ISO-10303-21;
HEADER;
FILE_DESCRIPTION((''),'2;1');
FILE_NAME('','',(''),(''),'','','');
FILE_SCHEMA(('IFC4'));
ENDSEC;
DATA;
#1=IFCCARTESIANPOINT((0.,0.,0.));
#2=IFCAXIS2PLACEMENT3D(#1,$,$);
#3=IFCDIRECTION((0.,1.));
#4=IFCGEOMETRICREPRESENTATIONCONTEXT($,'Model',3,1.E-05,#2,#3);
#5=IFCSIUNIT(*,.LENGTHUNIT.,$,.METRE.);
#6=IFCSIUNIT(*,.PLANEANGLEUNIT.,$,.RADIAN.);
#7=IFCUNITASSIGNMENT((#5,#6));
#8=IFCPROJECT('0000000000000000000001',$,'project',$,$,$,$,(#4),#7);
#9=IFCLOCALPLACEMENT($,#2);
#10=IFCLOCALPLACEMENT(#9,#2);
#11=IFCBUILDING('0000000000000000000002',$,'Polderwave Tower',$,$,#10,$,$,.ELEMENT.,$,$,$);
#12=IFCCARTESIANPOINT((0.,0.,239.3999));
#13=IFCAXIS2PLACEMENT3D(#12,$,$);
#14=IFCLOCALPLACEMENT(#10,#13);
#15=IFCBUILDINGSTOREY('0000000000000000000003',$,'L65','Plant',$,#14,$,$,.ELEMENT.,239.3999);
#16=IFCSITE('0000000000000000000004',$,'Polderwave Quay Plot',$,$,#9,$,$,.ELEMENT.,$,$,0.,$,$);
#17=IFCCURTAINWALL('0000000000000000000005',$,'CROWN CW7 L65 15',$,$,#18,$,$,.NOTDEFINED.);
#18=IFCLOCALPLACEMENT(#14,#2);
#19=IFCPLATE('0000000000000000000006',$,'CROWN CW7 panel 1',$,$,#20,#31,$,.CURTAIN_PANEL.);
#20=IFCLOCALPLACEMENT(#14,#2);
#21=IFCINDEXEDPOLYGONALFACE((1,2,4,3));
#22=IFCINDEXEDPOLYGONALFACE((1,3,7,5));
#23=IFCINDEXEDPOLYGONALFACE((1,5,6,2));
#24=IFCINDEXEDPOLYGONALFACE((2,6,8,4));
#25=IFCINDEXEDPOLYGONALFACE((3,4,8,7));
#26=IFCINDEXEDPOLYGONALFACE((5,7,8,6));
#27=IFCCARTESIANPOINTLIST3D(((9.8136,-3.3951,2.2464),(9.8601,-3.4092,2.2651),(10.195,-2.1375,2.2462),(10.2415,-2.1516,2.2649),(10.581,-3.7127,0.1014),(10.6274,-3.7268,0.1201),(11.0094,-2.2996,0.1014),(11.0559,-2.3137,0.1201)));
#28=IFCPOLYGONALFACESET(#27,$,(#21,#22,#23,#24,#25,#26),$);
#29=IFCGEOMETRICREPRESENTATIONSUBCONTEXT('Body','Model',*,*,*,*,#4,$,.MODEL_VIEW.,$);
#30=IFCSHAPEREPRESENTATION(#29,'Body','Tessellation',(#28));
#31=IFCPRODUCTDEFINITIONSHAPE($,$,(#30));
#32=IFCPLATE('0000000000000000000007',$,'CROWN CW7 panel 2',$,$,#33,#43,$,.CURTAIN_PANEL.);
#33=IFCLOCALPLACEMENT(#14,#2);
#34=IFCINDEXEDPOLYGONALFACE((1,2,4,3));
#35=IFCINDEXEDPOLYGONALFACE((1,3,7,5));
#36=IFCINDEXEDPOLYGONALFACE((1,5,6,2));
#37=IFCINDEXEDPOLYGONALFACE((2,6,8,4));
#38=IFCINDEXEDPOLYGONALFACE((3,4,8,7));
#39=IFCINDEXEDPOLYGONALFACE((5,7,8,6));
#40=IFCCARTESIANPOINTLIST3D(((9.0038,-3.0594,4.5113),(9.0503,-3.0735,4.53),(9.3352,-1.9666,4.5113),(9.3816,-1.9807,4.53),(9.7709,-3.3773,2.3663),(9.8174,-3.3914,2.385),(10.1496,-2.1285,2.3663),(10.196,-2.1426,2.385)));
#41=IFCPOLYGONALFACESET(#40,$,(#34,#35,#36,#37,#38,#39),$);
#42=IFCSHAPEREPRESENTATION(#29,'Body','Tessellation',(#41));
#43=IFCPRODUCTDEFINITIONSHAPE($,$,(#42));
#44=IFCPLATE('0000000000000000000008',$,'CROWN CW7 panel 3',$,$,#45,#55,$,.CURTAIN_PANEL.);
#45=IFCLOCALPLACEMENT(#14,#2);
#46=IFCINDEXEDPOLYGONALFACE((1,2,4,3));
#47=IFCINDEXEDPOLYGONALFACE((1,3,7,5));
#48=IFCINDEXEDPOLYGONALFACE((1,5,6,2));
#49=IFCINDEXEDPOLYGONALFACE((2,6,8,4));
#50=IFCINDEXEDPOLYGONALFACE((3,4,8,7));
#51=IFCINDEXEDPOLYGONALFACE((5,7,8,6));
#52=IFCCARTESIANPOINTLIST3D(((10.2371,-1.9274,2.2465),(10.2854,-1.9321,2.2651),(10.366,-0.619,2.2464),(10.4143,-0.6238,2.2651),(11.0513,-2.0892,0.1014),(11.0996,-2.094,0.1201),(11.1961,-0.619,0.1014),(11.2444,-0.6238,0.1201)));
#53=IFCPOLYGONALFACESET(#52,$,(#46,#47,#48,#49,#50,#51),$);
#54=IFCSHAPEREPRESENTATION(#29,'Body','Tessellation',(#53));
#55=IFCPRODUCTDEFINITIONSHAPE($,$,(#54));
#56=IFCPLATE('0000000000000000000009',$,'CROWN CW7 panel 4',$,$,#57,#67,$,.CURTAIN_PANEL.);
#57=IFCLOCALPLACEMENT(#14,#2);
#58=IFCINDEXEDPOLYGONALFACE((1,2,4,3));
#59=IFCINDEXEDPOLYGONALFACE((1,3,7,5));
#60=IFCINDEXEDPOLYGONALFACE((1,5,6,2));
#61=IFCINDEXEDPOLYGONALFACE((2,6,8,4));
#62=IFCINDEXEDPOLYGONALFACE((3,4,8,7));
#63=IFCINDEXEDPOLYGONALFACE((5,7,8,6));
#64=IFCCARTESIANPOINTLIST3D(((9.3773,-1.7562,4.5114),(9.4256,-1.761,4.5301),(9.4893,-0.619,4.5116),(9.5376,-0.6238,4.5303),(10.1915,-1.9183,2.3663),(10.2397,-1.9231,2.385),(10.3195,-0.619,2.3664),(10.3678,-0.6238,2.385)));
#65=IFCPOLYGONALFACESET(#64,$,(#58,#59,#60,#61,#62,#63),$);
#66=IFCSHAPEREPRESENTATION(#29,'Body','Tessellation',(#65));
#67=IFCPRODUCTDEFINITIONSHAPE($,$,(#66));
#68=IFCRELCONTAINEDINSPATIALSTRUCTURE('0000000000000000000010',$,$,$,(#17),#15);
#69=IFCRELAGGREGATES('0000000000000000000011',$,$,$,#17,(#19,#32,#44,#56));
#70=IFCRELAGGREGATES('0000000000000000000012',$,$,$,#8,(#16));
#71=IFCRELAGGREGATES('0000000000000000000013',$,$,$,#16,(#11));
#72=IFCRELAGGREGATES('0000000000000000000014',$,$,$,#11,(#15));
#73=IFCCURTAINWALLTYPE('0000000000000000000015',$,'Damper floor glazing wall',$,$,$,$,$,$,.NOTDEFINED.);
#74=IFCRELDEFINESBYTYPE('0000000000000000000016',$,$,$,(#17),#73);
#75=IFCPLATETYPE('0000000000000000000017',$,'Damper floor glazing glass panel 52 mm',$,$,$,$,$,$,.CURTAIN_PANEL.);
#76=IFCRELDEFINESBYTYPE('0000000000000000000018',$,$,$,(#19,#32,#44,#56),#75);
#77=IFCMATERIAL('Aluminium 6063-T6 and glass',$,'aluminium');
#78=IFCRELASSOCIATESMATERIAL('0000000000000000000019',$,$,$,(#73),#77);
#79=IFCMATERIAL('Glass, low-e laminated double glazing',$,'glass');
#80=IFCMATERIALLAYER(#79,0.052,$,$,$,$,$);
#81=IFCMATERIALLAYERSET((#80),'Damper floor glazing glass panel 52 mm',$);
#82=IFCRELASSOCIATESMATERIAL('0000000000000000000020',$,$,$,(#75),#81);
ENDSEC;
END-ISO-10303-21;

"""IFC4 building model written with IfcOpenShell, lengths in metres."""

from ifc_helpers import new_model, si_unit, direction, frame, origin, place, context, subcontext, project, spatial, polyline, outline, extrude, material, layer, layer_set, type_object, element, aggregate, save


model = new_model("IFC4")

# Units and contexts
model_context = context("Model", 3, precision=1e-05, world=origin(), true_north=direction((0.0, 1.0)))
body_context = subcontext(model_context, "Body", "Model", "MODEL_VIEW")
ifc_project = project(units=[si_unit("LENGTHUNIT", "METRE"), si_unit("PLANEANGLEUNIT", "RADIAN")], contexts=[model_context])

# Site, building, storey
site_placement = place(None, origin())
site = spatial("IfcSite", under=ifc_project, at=site_placement, Name="Polderwave Quay Plot", CompositionType="ELEMENT", RefElevation=0.0)
building_placement = place(site_placement, origin())
building = spatial("IfcBuilding", under=site, at=building_placement, Name="Polderwave Tower", CompositionType="ELEMENT")
storey_placement = place(building_placement, frame((0.0, 0.0, 239.3999)))
storey = spatial("IfcBuildingStorey", under=building, at=storey_placement, Name="L65", Description="Plant", CompositionType="ELEMENT", Elevation=239.3999)

# Curtain wall
ifc_material_1 = material(Name="Aluminium 6063-T6 and glass", Category="aluminium")
curtain_wall_type = type_object("IfcCurtainWallType", Name="Damper floor glazing wall", PredefinedType="NOTDEFINED", material=ifc_material_1)
curtain_wall_placement = place(storey_placement, origin())
curtain_wall = element("IfcCurtainWall", 1, at=curtain_wall_placement, inside=storey, type_object=curtain_wall_type, Name="CROWN CW7 L65 15", PredefinedType="NOTDEFINED")

# Plates
ifc_material_2 = material(Name="Glass, low-e laminated double glazing", Category="glass")
ifc_layer = layer(ifc_material_2, 0.052)
ifc_layer_set = layer_set([ifc_layer], Name="Damper floor glazing glass panel 52 mm")
plate_type = type_object("IfcPlateType", Name="Damper floor glazing glass panel 52 mm", PredefinedType="CURTAIN_PANEL", material=ifc_layer_set)
plate_1_placement = place(storey_placement, frame((10.6274, -3.7268, 0.1201), z_axis=(0.892984, -0.270744, 0.35955), x_axis=(0.29015, 0.956981, -0.000007)))
plate_1 = element("IfcPlate", 2, at=plate_1_placement, type_object=plate_type, Name="CROWN CW7 panel 1", PredefinedType="CURTAIN_PANEL", context=body_context, shape_type="SweptSolid", body=[
    extrude(outline(polyline([(0.0, 0.0), (1.4766, 0.0), (1.3954, 2.2985), (0.0813, 2.2987), (0.0, 0.0)])), origin(), (0.0, 0.0, -1.0), 0.052),
])
plate_2_placement = place(storey_placement, frame((9.8174, -3.3914, 2.385), z_axis=(0.893005, -0.27076, 0.359488), x_axis=(0.29016, 0.956978, -0.000008)))
plate_2 = element("IfcPlate", 3, at=plate_2_placement, type_object=plate_type, Name="CROWN CW7 panel 2", PredefinedType="CURTAIN_PANEL", context=body_context, shape_type="SweptSolid", body=[
    extrude(outline(polyline([(0.0, 0.0), (1.3049, 0.0), (1.2235, 2.2987), (0.0816, 2.2987), (0.0, 0.0)])), origin(), (0.0, 0.0, -1.0), 0.052),
])
plate_3_placement = place(storey_placement, frame((11.0996, -2.094, 0.1201), z_axis=(0.92869, -0.091474, 0.3594), x_axis=(0.09802, 0.995184, 0.000008)))
plate_3 = element("IfcPlate", 4, at=plate_3_placement, type_object=plate_type, Name="CROWN CW7 panel 3", PredefinedType="CURTAIN_PANEL", context=body_context, shape_type="SweptSolid", body=[
    extrude(outline(polyline([(0.0, 0.0), (1.4773, 0.0), (1.396, 2.2986), (0.0813, 2.2986), (0.0, 0.0)])), origin(), (0.0, 0.0, -1.0), 0.052),
])
plate_4_placement = place(storey_placement, frame((10.2397, -1.9231, 2.385), z_axis=(0.928691, -0.091509, 0.359386), x_axis=(0.098051, 0.995181, 0.000025)))
plate_4 = element("IfcPlate", 5, at=plate_4_placement, type_object=plate_type, Name="CROWN CW7 panel 4", PredefinedType="CURTAIN_PANEL", context=body_context, shape_type="SweptSolid", body=[
    extrude(outline(polyline([(0.0, 0.0), (1.3056, 0.0), (1.2243, 2.2988), (0.0815, 2.2986), (0.0, 0.0)])), origin(), (0.0, 0.0, -1.0), 0.052),
])
aggregate(curtain_wall, [plate_1, plate_2, plate_3, plate_4])

save(model, "model.ifc")
